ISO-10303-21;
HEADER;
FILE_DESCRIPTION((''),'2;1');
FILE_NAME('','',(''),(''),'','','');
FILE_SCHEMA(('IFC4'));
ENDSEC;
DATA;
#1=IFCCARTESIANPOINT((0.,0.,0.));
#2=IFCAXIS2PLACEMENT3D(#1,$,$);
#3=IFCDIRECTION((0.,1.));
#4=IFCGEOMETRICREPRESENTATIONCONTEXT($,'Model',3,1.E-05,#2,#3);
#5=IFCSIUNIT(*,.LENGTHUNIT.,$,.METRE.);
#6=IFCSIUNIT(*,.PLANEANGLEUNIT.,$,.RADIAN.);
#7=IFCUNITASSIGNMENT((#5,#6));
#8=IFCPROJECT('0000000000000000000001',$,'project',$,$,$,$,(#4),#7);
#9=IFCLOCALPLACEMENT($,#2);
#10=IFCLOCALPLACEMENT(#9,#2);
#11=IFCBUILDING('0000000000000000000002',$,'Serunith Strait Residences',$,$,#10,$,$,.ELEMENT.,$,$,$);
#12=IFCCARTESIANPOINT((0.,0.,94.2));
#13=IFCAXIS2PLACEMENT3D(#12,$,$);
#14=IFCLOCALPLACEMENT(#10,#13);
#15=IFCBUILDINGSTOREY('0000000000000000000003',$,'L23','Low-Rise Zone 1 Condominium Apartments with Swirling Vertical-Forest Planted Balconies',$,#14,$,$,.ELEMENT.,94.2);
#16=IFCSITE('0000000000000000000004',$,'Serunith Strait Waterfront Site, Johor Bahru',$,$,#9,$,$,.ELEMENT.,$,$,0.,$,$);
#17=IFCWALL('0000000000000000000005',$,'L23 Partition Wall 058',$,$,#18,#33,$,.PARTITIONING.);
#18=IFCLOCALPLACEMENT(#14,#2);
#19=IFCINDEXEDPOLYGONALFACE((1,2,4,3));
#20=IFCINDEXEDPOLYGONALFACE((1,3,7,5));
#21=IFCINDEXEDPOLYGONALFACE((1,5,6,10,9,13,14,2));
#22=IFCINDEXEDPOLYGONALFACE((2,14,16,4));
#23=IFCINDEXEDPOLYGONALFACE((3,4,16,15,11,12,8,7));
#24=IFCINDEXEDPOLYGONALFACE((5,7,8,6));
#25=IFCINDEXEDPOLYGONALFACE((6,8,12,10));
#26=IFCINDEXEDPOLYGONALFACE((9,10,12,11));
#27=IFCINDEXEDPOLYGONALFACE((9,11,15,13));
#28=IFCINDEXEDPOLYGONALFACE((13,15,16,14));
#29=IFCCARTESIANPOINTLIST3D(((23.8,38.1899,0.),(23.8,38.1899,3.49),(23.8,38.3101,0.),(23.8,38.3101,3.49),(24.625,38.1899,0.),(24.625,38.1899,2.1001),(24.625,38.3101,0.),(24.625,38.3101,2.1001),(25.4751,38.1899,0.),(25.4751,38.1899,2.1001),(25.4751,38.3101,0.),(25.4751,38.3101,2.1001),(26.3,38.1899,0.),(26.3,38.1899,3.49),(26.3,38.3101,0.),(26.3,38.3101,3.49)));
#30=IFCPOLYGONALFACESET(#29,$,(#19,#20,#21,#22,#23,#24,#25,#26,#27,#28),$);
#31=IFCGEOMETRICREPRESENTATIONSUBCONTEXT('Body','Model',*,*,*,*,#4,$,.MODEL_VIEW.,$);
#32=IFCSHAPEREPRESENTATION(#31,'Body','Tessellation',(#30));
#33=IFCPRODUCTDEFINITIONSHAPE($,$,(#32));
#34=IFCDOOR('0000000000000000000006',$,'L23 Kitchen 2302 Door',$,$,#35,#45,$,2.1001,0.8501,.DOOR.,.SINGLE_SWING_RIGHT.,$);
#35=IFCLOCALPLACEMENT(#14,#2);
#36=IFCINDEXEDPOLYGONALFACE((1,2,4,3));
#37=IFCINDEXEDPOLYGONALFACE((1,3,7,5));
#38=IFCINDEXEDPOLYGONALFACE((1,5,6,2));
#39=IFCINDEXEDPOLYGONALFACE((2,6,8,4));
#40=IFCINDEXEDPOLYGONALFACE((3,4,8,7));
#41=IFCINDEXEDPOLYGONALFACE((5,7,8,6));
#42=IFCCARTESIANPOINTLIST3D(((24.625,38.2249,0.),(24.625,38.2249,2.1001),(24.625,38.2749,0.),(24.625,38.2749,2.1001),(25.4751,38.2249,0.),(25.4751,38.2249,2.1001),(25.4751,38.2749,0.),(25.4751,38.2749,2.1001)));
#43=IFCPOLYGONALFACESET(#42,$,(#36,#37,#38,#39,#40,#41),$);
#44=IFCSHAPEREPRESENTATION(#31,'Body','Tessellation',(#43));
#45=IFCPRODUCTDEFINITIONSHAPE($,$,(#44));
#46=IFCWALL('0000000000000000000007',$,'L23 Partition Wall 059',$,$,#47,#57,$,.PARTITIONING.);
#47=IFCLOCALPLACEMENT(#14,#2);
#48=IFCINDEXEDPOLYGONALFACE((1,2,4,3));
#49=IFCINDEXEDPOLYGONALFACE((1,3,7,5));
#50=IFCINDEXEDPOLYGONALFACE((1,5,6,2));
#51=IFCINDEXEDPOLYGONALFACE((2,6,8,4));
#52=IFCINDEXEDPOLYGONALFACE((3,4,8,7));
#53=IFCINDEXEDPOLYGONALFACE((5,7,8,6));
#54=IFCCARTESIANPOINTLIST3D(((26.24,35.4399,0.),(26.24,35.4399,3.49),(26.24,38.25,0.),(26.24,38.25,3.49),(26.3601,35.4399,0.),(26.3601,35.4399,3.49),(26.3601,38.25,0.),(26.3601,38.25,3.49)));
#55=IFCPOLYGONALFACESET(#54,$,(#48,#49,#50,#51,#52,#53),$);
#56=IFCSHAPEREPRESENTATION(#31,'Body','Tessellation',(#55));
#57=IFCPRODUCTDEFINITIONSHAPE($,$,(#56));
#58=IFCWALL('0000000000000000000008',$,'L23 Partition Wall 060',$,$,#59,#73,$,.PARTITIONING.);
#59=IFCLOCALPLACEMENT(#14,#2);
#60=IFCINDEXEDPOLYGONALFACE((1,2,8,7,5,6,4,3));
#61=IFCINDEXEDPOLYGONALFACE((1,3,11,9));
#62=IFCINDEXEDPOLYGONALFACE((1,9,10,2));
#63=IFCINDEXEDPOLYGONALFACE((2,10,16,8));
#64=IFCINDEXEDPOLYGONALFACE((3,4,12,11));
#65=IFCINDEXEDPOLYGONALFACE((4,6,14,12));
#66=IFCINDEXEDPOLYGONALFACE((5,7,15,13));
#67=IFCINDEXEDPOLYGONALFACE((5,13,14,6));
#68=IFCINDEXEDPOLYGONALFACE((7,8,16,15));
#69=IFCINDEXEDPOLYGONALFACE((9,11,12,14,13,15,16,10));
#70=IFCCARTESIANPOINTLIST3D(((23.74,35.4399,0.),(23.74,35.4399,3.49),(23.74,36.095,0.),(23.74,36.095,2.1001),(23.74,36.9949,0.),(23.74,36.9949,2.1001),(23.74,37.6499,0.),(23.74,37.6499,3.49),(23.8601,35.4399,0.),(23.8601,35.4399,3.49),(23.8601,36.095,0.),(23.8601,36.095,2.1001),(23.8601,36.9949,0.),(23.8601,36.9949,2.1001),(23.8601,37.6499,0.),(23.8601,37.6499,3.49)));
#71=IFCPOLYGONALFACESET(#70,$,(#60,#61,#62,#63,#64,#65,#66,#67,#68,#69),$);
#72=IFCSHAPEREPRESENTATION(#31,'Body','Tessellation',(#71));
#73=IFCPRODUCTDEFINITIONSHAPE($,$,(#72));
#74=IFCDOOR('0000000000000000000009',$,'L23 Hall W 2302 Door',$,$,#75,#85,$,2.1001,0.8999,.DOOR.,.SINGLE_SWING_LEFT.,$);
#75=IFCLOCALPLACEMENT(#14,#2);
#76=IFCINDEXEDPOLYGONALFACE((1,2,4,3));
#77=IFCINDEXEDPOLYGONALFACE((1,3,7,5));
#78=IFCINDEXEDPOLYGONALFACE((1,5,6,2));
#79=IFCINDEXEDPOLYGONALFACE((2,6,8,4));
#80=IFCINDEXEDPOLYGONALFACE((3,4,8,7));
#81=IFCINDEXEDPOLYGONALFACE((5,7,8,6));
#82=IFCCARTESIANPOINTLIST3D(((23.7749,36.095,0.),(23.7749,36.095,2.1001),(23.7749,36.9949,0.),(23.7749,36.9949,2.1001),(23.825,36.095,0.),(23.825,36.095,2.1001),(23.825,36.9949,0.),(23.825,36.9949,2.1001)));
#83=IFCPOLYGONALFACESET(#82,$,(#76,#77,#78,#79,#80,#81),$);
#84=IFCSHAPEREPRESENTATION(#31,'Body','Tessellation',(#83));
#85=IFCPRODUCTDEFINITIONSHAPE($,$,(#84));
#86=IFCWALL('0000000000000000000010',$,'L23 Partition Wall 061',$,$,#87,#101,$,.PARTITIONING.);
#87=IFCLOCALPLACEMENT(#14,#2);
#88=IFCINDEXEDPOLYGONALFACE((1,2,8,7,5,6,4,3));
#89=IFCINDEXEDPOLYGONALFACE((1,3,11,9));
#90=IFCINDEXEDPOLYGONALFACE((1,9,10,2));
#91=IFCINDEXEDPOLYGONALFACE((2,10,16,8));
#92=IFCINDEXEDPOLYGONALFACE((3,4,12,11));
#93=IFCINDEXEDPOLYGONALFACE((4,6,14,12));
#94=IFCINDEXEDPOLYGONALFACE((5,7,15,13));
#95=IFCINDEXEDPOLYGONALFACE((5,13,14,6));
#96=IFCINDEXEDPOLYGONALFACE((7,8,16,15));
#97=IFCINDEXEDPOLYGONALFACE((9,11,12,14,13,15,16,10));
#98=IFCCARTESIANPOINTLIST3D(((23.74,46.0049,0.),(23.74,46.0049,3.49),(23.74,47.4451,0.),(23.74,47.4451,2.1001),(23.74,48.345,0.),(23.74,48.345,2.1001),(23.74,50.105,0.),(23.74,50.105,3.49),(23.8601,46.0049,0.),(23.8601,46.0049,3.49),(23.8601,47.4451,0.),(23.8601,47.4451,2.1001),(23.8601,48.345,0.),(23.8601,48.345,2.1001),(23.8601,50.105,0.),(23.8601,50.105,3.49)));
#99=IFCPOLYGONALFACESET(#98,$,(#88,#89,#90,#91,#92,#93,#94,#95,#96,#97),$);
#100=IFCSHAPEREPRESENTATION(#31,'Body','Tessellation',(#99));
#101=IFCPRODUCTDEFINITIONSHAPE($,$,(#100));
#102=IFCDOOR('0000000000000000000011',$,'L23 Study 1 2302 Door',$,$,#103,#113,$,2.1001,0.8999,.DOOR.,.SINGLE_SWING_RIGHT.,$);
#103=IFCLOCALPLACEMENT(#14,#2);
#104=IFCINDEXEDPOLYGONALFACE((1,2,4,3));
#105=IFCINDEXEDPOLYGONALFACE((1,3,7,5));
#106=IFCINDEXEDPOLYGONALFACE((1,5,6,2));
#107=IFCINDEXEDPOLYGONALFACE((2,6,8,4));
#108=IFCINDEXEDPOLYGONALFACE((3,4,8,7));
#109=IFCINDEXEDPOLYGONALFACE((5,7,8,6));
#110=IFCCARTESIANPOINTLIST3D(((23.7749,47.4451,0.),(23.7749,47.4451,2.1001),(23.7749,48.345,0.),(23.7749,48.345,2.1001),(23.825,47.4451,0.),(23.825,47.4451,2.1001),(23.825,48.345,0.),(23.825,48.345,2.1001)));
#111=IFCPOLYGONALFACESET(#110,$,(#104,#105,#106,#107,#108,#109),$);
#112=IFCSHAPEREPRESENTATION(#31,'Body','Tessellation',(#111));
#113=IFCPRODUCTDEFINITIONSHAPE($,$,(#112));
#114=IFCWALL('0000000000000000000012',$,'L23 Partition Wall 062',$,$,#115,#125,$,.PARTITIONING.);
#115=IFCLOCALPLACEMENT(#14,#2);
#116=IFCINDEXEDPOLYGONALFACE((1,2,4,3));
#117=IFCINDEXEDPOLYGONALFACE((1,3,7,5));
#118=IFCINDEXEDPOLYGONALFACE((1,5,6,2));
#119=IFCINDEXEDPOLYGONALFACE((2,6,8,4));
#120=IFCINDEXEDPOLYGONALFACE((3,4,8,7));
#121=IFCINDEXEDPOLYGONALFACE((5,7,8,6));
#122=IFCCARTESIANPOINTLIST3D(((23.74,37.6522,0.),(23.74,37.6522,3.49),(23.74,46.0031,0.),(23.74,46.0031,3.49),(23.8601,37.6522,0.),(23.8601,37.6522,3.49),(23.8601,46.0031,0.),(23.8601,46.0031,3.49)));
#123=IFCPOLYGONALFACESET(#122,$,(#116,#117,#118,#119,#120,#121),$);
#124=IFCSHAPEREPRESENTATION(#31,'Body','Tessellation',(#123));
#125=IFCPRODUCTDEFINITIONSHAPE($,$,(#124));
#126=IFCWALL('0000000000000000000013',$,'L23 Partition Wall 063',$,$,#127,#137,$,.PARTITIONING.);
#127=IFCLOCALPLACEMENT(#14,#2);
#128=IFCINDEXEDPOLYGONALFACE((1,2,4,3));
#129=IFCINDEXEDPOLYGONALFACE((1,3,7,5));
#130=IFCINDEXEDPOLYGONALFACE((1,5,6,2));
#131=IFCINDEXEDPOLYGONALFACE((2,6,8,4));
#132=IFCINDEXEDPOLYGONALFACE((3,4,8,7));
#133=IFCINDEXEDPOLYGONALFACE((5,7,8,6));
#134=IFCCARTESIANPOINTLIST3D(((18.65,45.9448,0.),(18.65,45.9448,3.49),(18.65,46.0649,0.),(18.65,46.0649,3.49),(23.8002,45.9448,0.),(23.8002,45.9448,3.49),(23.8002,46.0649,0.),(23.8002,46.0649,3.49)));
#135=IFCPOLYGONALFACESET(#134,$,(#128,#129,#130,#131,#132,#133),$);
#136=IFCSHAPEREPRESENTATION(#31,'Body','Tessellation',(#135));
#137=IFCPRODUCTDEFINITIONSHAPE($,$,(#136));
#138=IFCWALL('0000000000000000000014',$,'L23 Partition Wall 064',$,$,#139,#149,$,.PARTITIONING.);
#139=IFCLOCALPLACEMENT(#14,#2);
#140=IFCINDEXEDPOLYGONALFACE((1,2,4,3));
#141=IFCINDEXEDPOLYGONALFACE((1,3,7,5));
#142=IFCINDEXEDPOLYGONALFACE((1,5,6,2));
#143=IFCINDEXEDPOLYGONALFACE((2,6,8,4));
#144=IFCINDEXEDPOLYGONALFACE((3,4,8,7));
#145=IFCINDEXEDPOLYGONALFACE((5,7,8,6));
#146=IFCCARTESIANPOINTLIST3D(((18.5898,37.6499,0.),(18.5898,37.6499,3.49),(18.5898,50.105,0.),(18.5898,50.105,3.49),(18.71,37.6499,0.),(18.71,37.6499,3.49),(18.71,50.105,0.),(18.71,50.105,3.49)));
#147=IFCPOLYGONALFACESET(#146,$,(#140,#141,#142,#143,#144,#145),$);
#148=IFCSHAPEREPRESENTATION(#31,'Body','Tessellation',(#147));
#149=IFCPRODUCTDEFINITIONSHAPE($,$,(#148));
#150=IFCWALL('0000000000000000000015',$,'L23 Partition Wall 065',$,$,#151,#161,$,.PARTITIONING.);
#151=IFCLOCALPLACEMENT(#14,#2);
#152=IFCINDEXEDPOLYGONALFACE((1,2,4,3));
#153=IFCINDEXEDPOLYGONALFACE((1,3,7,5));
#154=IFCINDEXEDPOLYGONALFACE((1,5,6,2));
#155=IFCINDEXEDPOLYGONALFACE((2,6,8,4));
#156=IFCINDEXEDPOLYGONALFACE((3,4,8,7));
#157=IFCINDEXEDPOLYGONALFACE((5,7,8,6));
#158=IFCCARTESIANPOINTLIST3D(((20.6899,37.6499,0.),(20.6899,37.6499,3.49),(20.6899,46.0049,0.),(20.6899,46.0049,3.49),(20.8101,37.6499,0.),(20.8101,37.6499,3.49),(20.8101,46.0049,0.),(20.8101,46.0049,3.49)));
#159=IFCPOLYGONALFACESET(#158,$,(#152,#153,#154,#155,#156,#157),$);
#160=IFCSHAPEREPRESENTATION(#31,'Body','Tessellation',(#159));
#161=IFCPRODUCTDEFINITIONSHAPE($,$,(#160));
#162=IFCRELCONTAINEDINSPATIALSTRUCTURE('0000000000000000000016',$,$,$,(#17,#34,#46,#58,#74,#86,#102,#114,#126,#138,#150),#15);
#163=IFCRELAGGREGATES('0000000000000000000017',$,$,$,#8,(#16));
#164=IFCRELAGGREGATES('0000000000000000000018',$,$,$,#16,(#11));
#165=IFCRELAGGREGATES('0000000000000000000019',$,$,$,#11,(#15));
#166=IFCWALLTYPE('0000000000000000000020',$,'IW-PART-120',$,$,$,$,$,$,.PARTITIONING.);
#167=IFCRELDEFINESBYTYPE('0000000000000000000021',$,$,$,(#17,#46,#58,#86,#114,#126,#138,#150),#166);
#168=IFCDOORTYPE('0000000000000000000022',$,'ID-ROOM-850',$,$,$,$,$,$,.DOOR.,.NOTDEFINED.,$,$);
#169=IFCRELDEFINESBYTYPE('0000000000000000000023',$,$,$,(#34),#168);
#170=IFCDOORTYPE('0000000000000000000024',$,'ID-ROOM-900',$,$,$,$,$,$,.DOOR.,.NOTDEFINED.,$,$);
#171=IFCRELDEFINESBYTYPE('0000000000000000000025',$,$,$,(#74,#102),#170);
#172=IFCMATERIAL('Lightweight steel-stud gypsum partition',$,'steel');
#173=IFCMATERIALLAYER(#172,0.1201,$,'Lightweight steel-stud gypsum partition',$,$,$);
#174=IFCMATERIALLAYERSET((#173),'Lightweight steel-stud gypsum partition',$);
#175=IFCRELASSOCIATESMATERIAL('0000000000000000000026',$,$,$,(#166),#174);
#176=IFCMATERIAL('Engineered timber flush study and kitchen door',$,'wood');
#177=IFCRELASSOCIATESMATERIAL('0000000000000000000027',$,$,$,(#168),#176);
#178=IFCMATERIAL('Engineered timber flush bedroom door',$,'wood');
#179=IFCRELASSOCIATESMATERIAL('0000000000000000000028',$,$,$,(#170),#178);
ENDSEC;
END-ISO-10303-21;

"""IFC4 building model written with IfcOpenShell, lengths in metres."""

from ifc_helpers import new_model, si_unit, direction, frame, frame_2d, origin, place, context, subcontext, project, spatial, rectangle, extrude, source, transform, mapped, material, layer, layer_set, type_object, element, fill, save


model = new_model("IFC4")

# Units and contexts
model_context = context("Model", 3, precision=1e-05, world=origin(), true_north=direction((0.0, 1.0)))
body_context = subcontext(model_context, "Body", "Model", "MODEL_VIEW")
ifc_project = project(units=[si_unit("LENGTHUNIT", "METRE"), si_unit("PLANEANGLEUNIT", "RADIAN")], contexts=[model_context])

# Site, building, storey
site_placement = place(None, origin())
site = spatial("IfcSite", under=ifc_project, at=site_placement, Name="Serunith Strait Waterfront Site, Johor Bahru", CompositionType="ELEMENT", RefElevation=0.0)
building_placement = place(site_placement, origin())
building = spatial("IfcBuilding", under=site, at=building_placement, Name="Serunith Strait Residences", CompositionType="ELEMENT")
storey_placement = place(building_placement, frame((0.0, 0.0, 94.2)))
storey = spatial("IfcBuildingStorey", under=building, at=storey_placement, Name="L23", Description="Low-Rise Zone 1 Condominium Apartments with Swirling Vertical-Forest Planted Balconies", CompositionType="ELEMENT", Elevation=94.2)

# Wall, opening, door
ifc_material_1 = material(Name="Lightweight steel-stud gypsum partition", Category="steel")
ifc_layer_1 = layer(ifc_material_1, 0.1201, Name="Lightweight steel-stud gypsum partition")
ifc_layer_set_1 = layer_set([ifc_layer_1], Name="Lightweight steel-stud gypsum partition")
wall_type = type_object("IfcWallType", Name="IW-PART-120", PredefinedType="PARTITIONING", material=ifc_layer_set_1)
wall_1_placement = place(storey_placement, frame((23.8, 38.25, 0.0), z_axis=(0.0, 0.0, 1.0), x_axis=(1.0, 0.0, 0.0)))
wall_1 = element("IfcWall", 1, at=wall_1_placement, inside=storey, type_object=wall_type, Name="L23 Partition Wall 058", PredefinedType="PARTITIONING", context=body_context, shape_type="SweptSolid", body=[
    extrude(rectangle(XDim=2.5, YDim=0.1201, at=frame_2d((1.25, 0.0))), origin(), (0.0, 0.0, 1.0), 3.49),
])
opening_1_placement = place(wall_1_placement, frame((0.825, 0.0, 0.0)))
opening_1 = element("IfcOpeningElement", 2, at=opening_1_placement, cuts=wall_1, PredefinedType="OPENING", context=body_context, shape_type="SweptSolid", body=[
    extrude(rectangle(XDim=0.8501, YDim=2.1001, at=frame_2d((0.425, 1.05))), frame((0.0, 0.0701, 0.0), z_axis=(0.0, -1.0, 0.0), x_axis=(1.0, 0.0, 0.0)), (0.0, 0.0, 1.0), 0.1401),
])
ifc_material_2 = material(Name="Engineered timber flush study and kitchen door", Category="wood")
door_type_1 = type_object("IfcDoorType", Name="ID-ROOM-850", OperationType="NOTDEFINED", PredefinedType="DOOR", material=ifc_material_2)
shared_shape_1 = source(origin(), body_context, "Body", "SweptSolid", [
    extrude(rectangle(XDim=0.8501, YDim=2.1001, at=frame_2d((0.425, 1.05))), frame((0.0, 0.0249, 0.0), z_axis=(0.0, -1.0, 0.0), x_axis=(1.0, 0.0, 0.0)), (0.0, 0.0, 1.0), 0.05),
])
door_1_placement = place(opening_1_placement, origin())
door_1 = element("IfcDoor", 3, at=door_1_placement, inside=storey, type_object=door_type_1, Name="L23 Kitchen 2302 Door", OperationType="SINGLE_SWING_RIGHT", OverallHeight=2.1001, OverallWidth=0.8501, PredefinedType="DOOR", context=body_context, shape_type="MappedRepresentation", body=[
    mapped(shared_shape_1, transform((0.0, 0.0, 0.0), scale=1.0)),
])
fill(opening_1, door_1)

# Wall
wall_2_placement = place(storey_placement, frame((26.3, 38.25, 0.0), z_axis=(0.0, 0.0, 1.0), x_axis=(0.0, -1.0, 0.0)))
element("IfcWall", 4, at=wall_2_placement, inside=storey, type_object=wall_type, Name="L23 Partition Wall 059", PredefinedType="PARTITIONING", context=body_context, shape_type="SweptSolid", body=[
    extrude(rectangle(XDim=2.8101, YDim=0.1201, at=frame_2d((1.405, 0.0))), origin(), (0.0, 0.0, 1.0), 3.49),
])

# Walls, openings, doors
wall_3_placement = place(storey_placement, frame((23.8, 37.6499, 0.0), z_axis=(0.0, 0.0, 1.0), x_axis=(0.0, -1.0, 0.0)))
wall_3 = element("IfcWall", 5, at=wall_3_placement, inside=storey, type_object=wall_type, Name="L23 Partition Wall 060", PredefinedType="PARTITIONING", context=body_context, shape_type="SweptSolid", body=[
    extrude(rectangle(XDim=2.21, YDim=0.1201, at=frame_2d((1.105, 0.0))), origin(), (0.0, 0.0, 1.0), 3.49),
])
opening_2_placement = place(wall_3_placement, frame((0.655, 0.0, 0.0)))
opening_2 = element("IfcOpeningElement", 6, at=opening_2_placement, cuts=wall_3, PredefinedType="OPENING", context=body_context, shape_type="SweptSolid", body=[
    extrude(rectangle(XDim=0.8999, YDim=2.1001, at=frame_2d((0.45, 1.05))), frame((0.0, 0.0701, 0.0), z_axis=(0.0, -1.0, 0.0), x_axis=(1.0, 0.0, 0.0)), (0.0, 0.0, 1.0), 0.1401),
])
ifc_material_3 = material(Name="Engineered timber flush bedroom door", Category="wood")
door_type_2 = type_object("IfcDoorType", Name="ID-ROOM-900", OperationType="NOTDEFINED", PredefinedType="DOOR", material=ifc_material_3)
shared_shape_2 = source(origin(), body_context, "Body", "SweptSolid", [
    extrude(rectangle(XDim=0.8999, YDim=2.1001, at=frame_2d((0.45, 1.05))), frame((0.0, 0.0249, 0.0), z_axis=(0.0, -1.0, 0.0), x_axis=(1.0, 0.0, 0.0)), (0.0, 0.0, 1.0), 0.05),
])
door_2_placement = place(opening_2_placement, origin())
door_2 = element("IfcDoor", 7, at=door_2_placement, inside=storey, type_object=door_type_2, Name="L23 Hall W 2302 Door", OperationType="SINGLE_SWING_LEFT", OverallHeight=2.1001, OverallWidth=0.8999, PredefinedType="DOOR", context=body_context, shape_type="MappedRepresentation", body=[
    mapped(shared_shape_2, transform((0.0, 0.0, 0.0), scale=1.0)),
])
fill(opening_2, door_2)
wall_4_placement = place(storey_placement, frame((23.8, 50.105, 0.0), z_axis=(0.0, 0.0, 1.0), x_axis=(0.0, -1.0, 0.0)))
wall_4 = element("IfcWall", 8, at=wall_4_placement, inside=storey, type_object=wall_type, Name="L23 Partition Wall 061", PredefinedType="PARTITIONING", context=body_context, shape_type="SweptSolid", body=[
    extrude(rectangle(XDim=4.1001, YDim=0.1201, at=frame_2d((2.05, 0.0))), origin(), (0.0, 0.0, 1.0), 3.49),
])
opening_3_placement = place(wall_4_placement, frame((1.76, 0.0, 0.0)))
opening_3 = element("IfcOpeningElement", 9, at=opening_3_placement, cuts=wall_4, PredefinedType="OPENING", context=body_context, shape_type="SweptSolid", body=[
    extrude(rectangle(XDim=0.8999, YDim=2.1001, at=frame_2d((0.45, 1.05))), frame((0.0, 0.0701, 0.0), z_axis=(0.0, -1.0, 0.0), x_axis=(1.0, 0.0, 0.0)), (0.0, 0.0, 1.0), 0.1401),
])
door_3_placement = place(opening_3_placement, origin())
door_3 = element("IfcDoor", 10, at=door_3_placement, inside=storey, type_object=door_type_2, Name="L23 Study 1 2302 Door", OperationType="SINGLE_SWING_RIGHT", OverallHeight=2.1001, OverallWidth=0.8999, PredefinedType="DOOR", context=body_context, shape_type="MappedRepresentation", body=[
    mapped(shared_shape_2, transform((0.0, 0.0, 0.0), scale=1.0)),
])
fill(opening_3, door_3)

# Walls
wall_5_placement = place(storey_placement, frame((23.8, 46.0029, 0.0), z_axis=(0.0, 0.0, 1.0), x_axis=(0.0, -1.0, 0.0)))
element("IfcWall", 11, at=wall_5_placement, inside=storey, type_object=wall_type, Name="L23 Partition Wall 062", PredefinedType="PARTITIONING", context=body_context, shape_type="SweptSolid", body=[
    extrude(rectangle(XDim=8.3508, YDim=0.1201, at=frame_2d((4.1753, 0.0))), origin(), (0.0, 0.0, 1.0), 3.49),
])
wall_6_placement = place(storey_placement, frame((18.6499, 46.0049, 0.0), z_axis=(0.0, 0.0, 1.0), x_axis=(1.0, 0.0, 0.0)))
element("IfcWall", 12, at=wall_6_placement, inside=storey, type_object=wall_type, Name="L23 Partition Wall 063", PredefinedType="PARTITIONING", context=body_context, shape_type="SweptSolid", body=[
    extrude(rectangle(XDim=5.1501, YDim=0.1201, at=frame_2d((2.5752, 0.0))), origin(), (0.0, 0.0, 1.0), 3.49),
])
wall_7_placement = place(storey_placement, frame((18.6499, 50.105, 0.0), z_axis=(0.0, 0.0, 1.0), x_axis=(0.0, -1.0, 0.0)))
element("IfcWall", 13, at=wall_7_placement, inside=storey, type_object=wall_type, Name="L23 Partition Wall 064", PredefinedType="PARTITIONING", context=body_context, shape_type="SweptSolid", body=[
    extrude(rectangle(XDim=12.4551, YDim=0.1201, at=frame_2d((6.2275, 0.0))), origin(), (0.0, 0.0, 1.0), 3.49),
])
wall_8_placement = place(storey_placement, frame((20.75, 46.0049, 0.0), z_axis=(0.0, 0.0, 1.0), x_axis=(0.0, -1.0, 0.0)))
element("IfcWall", 14, at=wall_8_placement, inside=storey, type_object=wall_type, Name="L23 Partition Wall 065", PredefinedType="PARTITIONING", context=body_context, shape_type="SweptSolid", body=[
    extrude(rectangle(XDim=8.355, YDim=0.1201, at=frame_2d((4.1775, 0.0))), origin(), (0.0, 0.0, 1.0), 3.49),
])

save(model, "model.ifc")
